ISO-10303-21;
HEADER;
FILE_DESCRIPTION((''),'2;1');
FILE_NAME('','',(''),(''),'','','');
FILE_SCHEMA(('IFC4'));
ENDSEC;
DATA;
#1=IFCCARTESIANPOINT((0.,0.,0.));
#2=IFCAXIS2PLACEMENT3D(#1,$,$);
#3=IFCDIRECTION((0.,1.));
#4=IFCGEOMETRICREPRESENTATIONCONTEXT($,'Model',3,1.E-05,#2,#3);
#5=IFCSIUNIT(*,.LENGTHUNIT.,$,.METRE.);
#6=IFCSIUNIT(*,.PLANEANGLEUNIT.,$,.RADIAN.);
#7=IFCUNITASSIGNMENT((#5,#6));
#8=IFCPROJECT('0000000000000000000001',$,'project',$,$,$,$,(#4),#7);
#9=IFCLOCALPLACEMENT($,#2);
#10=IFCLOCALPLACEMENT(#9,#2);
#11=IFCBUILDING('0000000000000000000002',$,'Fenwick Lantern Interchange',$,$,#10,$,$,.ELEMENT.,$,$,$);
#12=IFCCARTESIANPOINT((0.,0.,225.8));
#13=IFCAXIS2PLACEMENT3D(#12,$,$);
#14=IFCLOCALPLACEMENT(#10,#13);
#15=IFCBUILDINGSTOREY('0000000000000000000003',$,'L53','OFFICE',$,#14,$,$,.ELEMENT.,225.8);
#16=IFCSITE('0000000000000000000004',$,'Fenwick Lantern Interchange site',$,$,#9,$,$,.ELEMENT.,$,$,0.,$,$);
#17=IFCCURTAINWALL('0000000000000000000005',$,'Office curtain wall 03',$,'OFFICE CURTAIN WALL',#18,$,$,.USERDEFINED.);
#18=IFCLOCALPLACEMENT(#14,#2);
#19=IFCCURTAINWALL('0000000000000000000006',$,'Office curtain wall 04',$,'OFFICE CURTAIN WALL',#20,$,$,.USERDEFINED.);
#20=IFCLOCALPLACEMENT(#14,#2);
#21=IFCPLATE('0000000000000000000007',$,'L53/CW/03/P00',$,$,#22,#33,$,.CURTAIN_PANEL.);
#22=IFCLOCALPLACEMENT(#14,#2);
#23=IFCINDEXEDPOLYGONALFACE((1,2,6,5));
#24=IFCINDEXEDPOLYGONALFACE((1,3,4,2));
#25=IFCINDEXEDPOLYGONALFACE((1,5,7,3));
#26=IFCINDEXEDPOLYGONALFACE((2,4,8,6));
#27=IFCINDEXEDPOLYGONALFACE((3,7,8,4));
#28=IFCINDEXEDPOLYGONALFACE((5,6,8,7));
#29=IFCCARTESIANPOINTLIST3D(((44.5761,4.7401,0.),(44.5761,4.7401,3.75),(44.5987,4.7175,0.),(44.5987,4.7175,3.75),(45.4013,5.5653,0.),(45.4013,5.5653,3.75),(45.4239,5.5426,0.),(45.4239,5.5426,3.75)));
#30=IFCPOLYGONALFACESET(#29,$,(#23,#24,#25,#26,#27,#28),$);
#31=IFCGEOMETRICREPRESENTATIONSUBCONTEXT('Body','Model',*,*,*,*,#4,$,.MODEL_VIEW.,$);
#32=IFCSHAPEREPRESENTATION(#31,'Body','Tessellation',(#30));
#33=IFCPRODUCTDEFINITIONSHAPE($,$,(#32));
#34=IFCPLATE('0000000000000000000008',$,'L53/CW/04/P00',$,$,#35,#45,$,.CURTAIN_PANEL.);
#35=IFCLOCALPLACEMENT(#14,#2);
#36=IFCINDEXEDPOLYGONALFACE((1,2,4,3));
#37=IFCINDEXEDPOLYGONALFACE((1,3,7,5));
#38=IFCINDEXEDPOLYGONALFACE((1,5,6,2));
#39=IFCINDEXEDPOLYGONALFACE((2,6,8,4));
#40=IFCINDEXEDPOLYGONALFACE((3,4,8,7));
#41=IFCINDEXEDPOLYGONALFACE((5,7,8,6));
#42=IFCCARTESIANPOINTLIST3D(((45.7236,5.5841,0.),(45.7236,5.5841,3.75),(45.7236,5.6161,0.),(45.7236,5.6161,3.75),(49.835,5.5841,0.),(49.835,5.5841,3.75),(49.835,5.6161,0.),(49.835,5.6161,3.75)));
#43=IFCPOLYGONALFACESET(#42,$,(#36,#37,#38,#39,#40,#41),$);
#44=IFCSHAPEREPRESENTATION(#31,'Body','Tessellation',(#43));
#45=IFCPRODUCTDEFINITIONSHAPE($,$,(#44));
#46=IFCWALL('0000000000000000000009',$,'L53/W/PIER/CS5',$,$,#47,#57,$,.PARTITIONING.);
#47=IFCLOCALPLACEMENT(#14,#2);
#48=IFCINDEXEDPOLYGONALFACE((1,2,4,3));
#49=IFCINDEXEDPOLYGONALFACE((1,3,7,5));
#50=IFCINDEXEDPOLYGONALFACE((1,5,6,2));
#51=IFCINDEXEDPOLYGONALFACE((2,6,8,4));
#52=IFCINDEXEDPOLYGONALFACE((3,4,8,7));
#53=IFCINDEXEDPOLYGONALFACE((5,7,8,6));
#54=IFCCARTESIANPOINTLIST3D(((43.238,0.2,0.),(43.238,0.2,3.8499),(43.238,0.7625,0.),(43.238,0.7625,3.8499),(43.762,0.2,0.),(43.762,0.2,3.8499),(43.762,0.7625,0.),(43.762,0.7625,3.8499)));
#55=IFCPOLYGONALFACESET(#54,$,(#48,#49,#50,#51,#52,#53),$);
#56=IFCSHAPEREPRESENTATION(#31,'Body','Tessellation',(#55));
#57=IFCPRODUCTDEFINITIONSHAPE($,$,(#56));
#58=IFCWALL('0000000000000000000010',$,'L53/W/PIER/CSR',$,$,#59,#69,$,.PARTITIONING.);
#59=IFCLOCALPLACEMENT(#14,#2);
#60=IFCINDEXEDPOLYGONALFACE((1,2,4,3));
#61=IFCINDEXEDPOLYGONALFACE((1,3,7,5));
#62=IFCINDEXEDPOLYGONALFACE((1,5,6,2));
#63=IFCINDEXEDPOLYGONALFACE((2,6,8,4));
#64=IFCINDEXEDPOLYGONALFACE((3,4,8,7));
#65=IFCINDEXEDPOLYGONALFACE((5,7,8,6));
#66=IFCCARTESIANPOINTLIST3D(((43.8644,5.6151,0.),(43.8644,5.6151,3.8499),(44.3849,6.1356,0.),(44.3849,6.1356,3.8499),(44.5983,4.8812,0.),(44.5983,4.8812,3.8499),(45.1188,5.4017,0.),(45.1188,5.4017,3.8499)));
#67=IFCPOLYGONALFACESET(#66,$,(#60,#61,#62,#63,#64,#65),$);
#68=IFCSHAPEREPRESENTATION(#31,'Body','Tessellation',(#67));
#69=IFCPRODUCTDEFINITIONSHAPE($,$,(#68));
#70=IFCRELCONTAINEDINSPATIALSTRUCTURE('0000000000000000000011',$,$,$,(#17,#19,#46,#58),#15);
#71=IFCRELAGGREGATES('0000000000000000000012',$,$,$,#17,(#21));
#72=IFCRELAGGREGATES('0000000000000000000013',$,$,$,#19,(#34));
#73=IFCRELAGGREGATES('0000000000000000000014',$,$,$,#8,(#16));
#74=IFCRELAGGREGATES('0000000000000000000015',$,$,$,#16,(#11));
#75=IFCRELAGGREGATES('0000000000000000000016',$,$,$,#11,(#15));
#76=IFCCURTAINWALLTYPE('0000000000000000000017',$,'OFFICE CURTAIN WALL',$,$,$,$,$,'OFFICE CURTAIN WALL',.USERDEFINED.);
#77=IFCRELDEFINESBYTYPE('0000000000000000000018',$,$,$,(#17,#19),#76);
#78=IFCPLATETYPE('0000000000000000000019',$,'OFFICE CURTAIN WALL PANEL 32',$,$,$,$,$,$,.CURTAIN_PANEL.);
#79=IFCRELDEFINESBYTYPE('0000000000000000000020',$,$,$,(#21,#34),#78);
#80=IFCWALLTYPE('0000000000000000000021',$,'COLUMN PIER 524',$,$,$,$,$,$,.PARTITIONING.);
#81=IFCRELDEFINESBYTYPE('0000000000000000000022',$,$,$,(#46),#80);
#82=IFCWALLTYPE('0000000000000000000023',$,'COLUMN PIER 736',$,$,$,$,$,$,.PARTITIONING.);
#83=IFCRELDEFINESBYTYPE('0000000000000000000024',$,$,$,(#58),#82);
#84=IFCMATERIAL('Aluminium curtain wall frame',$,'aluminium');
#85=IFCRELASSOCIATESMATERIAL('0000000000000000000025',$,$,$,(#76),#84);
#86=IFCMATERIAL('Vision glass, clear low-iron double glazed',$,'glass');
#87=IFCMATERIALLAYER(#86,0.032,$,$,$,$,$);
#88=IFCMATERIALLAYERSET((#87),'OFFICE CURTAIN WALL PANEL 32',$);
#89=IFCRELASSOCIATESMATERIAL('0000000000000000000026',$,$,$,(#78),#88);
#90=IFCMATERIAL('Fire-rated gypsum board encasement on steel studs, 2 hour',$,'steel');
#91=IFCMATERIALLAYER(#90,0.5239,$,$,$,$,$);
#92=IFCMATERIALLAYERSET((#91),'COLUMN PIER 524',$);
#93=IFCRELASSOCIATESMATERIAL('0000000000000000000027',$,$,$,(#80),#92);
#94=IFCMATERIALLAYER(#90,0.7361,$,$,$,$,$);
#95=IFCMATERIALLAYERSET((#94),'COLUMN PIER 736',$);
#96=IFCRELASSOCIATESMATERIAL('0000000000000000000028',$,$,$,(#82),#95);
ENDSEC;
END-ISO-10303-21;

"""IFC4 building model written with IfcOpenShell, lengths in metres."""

from ifc_helpers import new_model, si_unit, direction, frame, frame_2d, origin, origin_2d, place, context, subcontext, project, spatial, rectangle, extrude, material, layer, layer_set, type_object, element, aggregate, save


model = new_model("IFC4")

# Units and contexts
model_context = context("Model", 3, precision=1e-05, world=origin(), true_north=direction((0.0, 1.0)))
body_context = subcontext(model_context, "Body", "Model", "MODEL_VIEW")
ifc_project = project(units=[si_unit("LENGTHUNIT", "METRE"), si_unit("PLANEANGLEUNIT", "RADIAN")], contexts=[model_context])

# Site, building, storey
site_placement = place(None, origin())
site = spatial("IfcSite", under=ifc_project, at=site_placement, Name="Fenwick Lantern Interchange site", CompositionType="ELEMENT", RefElevation=0.0)
building_placement = place(site_placement, origin())
building = spatial("IfcBuilding", under=site, at=building_placement, Name="Fenwick Lantern Interchange", CompositionType="ELEMENT")
storey_placement = place(building_placement, frame((0.0, 0.0, 225.8)))
storey = spatial("IfcBuildingStorey", under=building, at=storey_placement, Name="L53", Description="OFFICE", CompositionType="ELEMENT", Elevation=225.8)

# Shared definitions
ifc_material_1 = material(Name="Aluminium curtain wall frame", Category="aluminium")
curtain_wall_type = type_object("IfcCurtainWallType", Name="OFFICE CURTAIN WALL", ElementType="OFFICE CURTAIN WALL", PredefinedType="USERDEFINED", material=ifc_material_1)

# Curtain walls
curtain_wall_1_placement = place(storey_placement, origin())
curtain_wall_1 = element("IfcCurtainWall", 1, at=curtain_wall_1_placement, inside=storey, type_object=curtain_wall_type, Name="Office curtain wall 03", ObjectType="OFFICE CURTAIN WALL", PredefinedType="USERDEFINED")
curtain_wall_2_placement = place(storey_placement, origin())
curtain_wall_2 = element("IfcCurtainWall", 2, at=curtain_wall_2_placement, inside=storey, type_object=curtain_wall_type, Name="Office curtain wall 04", ObjectType="OFFICE CURTAIN WALL", PredefinedType="USERDEFINED")

# Plates
ifc_material_2 = material(Name="Vision glass, clear low-iron double glazed", Category="glass")
ifc_layer_1 = layer(ifc_material_2, 0.032)
ifc_layer_set_1 = layer_set([ifc_layer_1], Name="OFFICE CURTAIN WALL PANEL 32")
plate_type = type_object("IfcPlateType", Name="OFFICE CURTAIN WALL PANEL 32", PredefinedType="CURTAIN_PANEL", material=ifc_layer_set_1)
plate_1_placement = place(storey_placement, frame((45.0, 5.1414, 0.0), z_axis=(0.0, 0.0, 1.0), x_axis=(0.707107, 0.707107, 0.0)))
plate_1 = element("IfcPlate", 3, at=plate_1_placement, type_object=plate_type, Name="L53/CW/03/P00", PredefinedType="CURTAIN_PANEL", context=body_context, shape_type="SweptSolid", body=[
    extrude(rectangle(XDim=1.167, YDim=0.032, at=origin_2d()), origin(), (0.0, 0.0, 1.0), 3.75),
])
aggregate(curtain_wall_1, [plate_1])
plate_2_placement = place(storey_placement, frame((47.7793, 5.6001, 0.0), z_axis=(0.0, 0.0, 1.0), x_axis=(1.0, 0.0, 0.0)))
plate_2 = element("IfcPlate", 4, at=plate_2_placement, type_object=plate_type, Name="L53/CW/04/P00", PredefinedType="CURTAIN_PANEL", context=body_context, shape_type="SweptSolid", body=[
    extrude(rectangle(XDim=4.1113, YDim=0.032, at=origin_2d()), origin(), (0.0, 0.0, 1.0), 3.75),
])
aggregate(curtain_wall_2, [plate_2])

# Walls
ifc_material_3 = material(Name="Fire-rated gypsum board encasement on steel studs, 2 hour", Category="steel")
ifc_layer_2 = layer(ifc_material_3, 0.5239)
ifc_layer_set_2 = layer_set([ifc_layer_2], Name="COLUMN PIER 524")
wall_type_1 = type_object("IfcWallType", Name="COLUMN PIER 524", PredefinedType="PARTITIONING", material=ifc_layer_set_2)
wall_1_placement = place(storey_placement, frame((43.5, 0.2, 0.0), z_axis=(0.0, 0.0, 1.0), x_axis=(0.0, 1.0, 0.0)))
element("IfcWall", 5, at=wall_1_placement, inside=storey, type_object=wall_type_1, Name="L53/W/PIER/CS5", PredefinedType="PARTITIONING", context=body_context, shape_type="SweptSolid", body=[
    extrude(rectangle(XDim=0.5625, YDim=0.5239, at=frame_2d((0.2812, 0.0))), origin(), (0.0, 0.0, 1.0), 3.8499),
])
ifc_layer_3 = layer(ifc_material_3, 0.7361)
ifc_layer_set_3 = layer_set([ifc_layer_3], Name="COLUMN PIER 736")
wall_type_2 = type_object("IfcWallType", Name="COLUMN PIER 736", PredefinedType="PARTITIONING", material=ifc_layer_set_3)
wall_2_placement = place(storey_placement, frame((44.8586, 5.1414, 0.0), z_axis=(0.0, 0.0, 1.0), x_axis=(-0.707107, 0.707107, 0.0)))
element("IfcWall", 6, at=wall_2_placement, inside=storey, type_object=wall_type_2, Name="L53/W/PIER/CSR", PredefinedType="PARTITIONING", context=body_context, shape_type="SweptSolid", body=[
    extrude(rectangle(XDim=1.0378, YDim=0.7361, at=frame_2d((0.519, 0.0))), origin(), (0.0, 0.0, 1.0), 3.8499),
])

save(model, "model.ifc")
